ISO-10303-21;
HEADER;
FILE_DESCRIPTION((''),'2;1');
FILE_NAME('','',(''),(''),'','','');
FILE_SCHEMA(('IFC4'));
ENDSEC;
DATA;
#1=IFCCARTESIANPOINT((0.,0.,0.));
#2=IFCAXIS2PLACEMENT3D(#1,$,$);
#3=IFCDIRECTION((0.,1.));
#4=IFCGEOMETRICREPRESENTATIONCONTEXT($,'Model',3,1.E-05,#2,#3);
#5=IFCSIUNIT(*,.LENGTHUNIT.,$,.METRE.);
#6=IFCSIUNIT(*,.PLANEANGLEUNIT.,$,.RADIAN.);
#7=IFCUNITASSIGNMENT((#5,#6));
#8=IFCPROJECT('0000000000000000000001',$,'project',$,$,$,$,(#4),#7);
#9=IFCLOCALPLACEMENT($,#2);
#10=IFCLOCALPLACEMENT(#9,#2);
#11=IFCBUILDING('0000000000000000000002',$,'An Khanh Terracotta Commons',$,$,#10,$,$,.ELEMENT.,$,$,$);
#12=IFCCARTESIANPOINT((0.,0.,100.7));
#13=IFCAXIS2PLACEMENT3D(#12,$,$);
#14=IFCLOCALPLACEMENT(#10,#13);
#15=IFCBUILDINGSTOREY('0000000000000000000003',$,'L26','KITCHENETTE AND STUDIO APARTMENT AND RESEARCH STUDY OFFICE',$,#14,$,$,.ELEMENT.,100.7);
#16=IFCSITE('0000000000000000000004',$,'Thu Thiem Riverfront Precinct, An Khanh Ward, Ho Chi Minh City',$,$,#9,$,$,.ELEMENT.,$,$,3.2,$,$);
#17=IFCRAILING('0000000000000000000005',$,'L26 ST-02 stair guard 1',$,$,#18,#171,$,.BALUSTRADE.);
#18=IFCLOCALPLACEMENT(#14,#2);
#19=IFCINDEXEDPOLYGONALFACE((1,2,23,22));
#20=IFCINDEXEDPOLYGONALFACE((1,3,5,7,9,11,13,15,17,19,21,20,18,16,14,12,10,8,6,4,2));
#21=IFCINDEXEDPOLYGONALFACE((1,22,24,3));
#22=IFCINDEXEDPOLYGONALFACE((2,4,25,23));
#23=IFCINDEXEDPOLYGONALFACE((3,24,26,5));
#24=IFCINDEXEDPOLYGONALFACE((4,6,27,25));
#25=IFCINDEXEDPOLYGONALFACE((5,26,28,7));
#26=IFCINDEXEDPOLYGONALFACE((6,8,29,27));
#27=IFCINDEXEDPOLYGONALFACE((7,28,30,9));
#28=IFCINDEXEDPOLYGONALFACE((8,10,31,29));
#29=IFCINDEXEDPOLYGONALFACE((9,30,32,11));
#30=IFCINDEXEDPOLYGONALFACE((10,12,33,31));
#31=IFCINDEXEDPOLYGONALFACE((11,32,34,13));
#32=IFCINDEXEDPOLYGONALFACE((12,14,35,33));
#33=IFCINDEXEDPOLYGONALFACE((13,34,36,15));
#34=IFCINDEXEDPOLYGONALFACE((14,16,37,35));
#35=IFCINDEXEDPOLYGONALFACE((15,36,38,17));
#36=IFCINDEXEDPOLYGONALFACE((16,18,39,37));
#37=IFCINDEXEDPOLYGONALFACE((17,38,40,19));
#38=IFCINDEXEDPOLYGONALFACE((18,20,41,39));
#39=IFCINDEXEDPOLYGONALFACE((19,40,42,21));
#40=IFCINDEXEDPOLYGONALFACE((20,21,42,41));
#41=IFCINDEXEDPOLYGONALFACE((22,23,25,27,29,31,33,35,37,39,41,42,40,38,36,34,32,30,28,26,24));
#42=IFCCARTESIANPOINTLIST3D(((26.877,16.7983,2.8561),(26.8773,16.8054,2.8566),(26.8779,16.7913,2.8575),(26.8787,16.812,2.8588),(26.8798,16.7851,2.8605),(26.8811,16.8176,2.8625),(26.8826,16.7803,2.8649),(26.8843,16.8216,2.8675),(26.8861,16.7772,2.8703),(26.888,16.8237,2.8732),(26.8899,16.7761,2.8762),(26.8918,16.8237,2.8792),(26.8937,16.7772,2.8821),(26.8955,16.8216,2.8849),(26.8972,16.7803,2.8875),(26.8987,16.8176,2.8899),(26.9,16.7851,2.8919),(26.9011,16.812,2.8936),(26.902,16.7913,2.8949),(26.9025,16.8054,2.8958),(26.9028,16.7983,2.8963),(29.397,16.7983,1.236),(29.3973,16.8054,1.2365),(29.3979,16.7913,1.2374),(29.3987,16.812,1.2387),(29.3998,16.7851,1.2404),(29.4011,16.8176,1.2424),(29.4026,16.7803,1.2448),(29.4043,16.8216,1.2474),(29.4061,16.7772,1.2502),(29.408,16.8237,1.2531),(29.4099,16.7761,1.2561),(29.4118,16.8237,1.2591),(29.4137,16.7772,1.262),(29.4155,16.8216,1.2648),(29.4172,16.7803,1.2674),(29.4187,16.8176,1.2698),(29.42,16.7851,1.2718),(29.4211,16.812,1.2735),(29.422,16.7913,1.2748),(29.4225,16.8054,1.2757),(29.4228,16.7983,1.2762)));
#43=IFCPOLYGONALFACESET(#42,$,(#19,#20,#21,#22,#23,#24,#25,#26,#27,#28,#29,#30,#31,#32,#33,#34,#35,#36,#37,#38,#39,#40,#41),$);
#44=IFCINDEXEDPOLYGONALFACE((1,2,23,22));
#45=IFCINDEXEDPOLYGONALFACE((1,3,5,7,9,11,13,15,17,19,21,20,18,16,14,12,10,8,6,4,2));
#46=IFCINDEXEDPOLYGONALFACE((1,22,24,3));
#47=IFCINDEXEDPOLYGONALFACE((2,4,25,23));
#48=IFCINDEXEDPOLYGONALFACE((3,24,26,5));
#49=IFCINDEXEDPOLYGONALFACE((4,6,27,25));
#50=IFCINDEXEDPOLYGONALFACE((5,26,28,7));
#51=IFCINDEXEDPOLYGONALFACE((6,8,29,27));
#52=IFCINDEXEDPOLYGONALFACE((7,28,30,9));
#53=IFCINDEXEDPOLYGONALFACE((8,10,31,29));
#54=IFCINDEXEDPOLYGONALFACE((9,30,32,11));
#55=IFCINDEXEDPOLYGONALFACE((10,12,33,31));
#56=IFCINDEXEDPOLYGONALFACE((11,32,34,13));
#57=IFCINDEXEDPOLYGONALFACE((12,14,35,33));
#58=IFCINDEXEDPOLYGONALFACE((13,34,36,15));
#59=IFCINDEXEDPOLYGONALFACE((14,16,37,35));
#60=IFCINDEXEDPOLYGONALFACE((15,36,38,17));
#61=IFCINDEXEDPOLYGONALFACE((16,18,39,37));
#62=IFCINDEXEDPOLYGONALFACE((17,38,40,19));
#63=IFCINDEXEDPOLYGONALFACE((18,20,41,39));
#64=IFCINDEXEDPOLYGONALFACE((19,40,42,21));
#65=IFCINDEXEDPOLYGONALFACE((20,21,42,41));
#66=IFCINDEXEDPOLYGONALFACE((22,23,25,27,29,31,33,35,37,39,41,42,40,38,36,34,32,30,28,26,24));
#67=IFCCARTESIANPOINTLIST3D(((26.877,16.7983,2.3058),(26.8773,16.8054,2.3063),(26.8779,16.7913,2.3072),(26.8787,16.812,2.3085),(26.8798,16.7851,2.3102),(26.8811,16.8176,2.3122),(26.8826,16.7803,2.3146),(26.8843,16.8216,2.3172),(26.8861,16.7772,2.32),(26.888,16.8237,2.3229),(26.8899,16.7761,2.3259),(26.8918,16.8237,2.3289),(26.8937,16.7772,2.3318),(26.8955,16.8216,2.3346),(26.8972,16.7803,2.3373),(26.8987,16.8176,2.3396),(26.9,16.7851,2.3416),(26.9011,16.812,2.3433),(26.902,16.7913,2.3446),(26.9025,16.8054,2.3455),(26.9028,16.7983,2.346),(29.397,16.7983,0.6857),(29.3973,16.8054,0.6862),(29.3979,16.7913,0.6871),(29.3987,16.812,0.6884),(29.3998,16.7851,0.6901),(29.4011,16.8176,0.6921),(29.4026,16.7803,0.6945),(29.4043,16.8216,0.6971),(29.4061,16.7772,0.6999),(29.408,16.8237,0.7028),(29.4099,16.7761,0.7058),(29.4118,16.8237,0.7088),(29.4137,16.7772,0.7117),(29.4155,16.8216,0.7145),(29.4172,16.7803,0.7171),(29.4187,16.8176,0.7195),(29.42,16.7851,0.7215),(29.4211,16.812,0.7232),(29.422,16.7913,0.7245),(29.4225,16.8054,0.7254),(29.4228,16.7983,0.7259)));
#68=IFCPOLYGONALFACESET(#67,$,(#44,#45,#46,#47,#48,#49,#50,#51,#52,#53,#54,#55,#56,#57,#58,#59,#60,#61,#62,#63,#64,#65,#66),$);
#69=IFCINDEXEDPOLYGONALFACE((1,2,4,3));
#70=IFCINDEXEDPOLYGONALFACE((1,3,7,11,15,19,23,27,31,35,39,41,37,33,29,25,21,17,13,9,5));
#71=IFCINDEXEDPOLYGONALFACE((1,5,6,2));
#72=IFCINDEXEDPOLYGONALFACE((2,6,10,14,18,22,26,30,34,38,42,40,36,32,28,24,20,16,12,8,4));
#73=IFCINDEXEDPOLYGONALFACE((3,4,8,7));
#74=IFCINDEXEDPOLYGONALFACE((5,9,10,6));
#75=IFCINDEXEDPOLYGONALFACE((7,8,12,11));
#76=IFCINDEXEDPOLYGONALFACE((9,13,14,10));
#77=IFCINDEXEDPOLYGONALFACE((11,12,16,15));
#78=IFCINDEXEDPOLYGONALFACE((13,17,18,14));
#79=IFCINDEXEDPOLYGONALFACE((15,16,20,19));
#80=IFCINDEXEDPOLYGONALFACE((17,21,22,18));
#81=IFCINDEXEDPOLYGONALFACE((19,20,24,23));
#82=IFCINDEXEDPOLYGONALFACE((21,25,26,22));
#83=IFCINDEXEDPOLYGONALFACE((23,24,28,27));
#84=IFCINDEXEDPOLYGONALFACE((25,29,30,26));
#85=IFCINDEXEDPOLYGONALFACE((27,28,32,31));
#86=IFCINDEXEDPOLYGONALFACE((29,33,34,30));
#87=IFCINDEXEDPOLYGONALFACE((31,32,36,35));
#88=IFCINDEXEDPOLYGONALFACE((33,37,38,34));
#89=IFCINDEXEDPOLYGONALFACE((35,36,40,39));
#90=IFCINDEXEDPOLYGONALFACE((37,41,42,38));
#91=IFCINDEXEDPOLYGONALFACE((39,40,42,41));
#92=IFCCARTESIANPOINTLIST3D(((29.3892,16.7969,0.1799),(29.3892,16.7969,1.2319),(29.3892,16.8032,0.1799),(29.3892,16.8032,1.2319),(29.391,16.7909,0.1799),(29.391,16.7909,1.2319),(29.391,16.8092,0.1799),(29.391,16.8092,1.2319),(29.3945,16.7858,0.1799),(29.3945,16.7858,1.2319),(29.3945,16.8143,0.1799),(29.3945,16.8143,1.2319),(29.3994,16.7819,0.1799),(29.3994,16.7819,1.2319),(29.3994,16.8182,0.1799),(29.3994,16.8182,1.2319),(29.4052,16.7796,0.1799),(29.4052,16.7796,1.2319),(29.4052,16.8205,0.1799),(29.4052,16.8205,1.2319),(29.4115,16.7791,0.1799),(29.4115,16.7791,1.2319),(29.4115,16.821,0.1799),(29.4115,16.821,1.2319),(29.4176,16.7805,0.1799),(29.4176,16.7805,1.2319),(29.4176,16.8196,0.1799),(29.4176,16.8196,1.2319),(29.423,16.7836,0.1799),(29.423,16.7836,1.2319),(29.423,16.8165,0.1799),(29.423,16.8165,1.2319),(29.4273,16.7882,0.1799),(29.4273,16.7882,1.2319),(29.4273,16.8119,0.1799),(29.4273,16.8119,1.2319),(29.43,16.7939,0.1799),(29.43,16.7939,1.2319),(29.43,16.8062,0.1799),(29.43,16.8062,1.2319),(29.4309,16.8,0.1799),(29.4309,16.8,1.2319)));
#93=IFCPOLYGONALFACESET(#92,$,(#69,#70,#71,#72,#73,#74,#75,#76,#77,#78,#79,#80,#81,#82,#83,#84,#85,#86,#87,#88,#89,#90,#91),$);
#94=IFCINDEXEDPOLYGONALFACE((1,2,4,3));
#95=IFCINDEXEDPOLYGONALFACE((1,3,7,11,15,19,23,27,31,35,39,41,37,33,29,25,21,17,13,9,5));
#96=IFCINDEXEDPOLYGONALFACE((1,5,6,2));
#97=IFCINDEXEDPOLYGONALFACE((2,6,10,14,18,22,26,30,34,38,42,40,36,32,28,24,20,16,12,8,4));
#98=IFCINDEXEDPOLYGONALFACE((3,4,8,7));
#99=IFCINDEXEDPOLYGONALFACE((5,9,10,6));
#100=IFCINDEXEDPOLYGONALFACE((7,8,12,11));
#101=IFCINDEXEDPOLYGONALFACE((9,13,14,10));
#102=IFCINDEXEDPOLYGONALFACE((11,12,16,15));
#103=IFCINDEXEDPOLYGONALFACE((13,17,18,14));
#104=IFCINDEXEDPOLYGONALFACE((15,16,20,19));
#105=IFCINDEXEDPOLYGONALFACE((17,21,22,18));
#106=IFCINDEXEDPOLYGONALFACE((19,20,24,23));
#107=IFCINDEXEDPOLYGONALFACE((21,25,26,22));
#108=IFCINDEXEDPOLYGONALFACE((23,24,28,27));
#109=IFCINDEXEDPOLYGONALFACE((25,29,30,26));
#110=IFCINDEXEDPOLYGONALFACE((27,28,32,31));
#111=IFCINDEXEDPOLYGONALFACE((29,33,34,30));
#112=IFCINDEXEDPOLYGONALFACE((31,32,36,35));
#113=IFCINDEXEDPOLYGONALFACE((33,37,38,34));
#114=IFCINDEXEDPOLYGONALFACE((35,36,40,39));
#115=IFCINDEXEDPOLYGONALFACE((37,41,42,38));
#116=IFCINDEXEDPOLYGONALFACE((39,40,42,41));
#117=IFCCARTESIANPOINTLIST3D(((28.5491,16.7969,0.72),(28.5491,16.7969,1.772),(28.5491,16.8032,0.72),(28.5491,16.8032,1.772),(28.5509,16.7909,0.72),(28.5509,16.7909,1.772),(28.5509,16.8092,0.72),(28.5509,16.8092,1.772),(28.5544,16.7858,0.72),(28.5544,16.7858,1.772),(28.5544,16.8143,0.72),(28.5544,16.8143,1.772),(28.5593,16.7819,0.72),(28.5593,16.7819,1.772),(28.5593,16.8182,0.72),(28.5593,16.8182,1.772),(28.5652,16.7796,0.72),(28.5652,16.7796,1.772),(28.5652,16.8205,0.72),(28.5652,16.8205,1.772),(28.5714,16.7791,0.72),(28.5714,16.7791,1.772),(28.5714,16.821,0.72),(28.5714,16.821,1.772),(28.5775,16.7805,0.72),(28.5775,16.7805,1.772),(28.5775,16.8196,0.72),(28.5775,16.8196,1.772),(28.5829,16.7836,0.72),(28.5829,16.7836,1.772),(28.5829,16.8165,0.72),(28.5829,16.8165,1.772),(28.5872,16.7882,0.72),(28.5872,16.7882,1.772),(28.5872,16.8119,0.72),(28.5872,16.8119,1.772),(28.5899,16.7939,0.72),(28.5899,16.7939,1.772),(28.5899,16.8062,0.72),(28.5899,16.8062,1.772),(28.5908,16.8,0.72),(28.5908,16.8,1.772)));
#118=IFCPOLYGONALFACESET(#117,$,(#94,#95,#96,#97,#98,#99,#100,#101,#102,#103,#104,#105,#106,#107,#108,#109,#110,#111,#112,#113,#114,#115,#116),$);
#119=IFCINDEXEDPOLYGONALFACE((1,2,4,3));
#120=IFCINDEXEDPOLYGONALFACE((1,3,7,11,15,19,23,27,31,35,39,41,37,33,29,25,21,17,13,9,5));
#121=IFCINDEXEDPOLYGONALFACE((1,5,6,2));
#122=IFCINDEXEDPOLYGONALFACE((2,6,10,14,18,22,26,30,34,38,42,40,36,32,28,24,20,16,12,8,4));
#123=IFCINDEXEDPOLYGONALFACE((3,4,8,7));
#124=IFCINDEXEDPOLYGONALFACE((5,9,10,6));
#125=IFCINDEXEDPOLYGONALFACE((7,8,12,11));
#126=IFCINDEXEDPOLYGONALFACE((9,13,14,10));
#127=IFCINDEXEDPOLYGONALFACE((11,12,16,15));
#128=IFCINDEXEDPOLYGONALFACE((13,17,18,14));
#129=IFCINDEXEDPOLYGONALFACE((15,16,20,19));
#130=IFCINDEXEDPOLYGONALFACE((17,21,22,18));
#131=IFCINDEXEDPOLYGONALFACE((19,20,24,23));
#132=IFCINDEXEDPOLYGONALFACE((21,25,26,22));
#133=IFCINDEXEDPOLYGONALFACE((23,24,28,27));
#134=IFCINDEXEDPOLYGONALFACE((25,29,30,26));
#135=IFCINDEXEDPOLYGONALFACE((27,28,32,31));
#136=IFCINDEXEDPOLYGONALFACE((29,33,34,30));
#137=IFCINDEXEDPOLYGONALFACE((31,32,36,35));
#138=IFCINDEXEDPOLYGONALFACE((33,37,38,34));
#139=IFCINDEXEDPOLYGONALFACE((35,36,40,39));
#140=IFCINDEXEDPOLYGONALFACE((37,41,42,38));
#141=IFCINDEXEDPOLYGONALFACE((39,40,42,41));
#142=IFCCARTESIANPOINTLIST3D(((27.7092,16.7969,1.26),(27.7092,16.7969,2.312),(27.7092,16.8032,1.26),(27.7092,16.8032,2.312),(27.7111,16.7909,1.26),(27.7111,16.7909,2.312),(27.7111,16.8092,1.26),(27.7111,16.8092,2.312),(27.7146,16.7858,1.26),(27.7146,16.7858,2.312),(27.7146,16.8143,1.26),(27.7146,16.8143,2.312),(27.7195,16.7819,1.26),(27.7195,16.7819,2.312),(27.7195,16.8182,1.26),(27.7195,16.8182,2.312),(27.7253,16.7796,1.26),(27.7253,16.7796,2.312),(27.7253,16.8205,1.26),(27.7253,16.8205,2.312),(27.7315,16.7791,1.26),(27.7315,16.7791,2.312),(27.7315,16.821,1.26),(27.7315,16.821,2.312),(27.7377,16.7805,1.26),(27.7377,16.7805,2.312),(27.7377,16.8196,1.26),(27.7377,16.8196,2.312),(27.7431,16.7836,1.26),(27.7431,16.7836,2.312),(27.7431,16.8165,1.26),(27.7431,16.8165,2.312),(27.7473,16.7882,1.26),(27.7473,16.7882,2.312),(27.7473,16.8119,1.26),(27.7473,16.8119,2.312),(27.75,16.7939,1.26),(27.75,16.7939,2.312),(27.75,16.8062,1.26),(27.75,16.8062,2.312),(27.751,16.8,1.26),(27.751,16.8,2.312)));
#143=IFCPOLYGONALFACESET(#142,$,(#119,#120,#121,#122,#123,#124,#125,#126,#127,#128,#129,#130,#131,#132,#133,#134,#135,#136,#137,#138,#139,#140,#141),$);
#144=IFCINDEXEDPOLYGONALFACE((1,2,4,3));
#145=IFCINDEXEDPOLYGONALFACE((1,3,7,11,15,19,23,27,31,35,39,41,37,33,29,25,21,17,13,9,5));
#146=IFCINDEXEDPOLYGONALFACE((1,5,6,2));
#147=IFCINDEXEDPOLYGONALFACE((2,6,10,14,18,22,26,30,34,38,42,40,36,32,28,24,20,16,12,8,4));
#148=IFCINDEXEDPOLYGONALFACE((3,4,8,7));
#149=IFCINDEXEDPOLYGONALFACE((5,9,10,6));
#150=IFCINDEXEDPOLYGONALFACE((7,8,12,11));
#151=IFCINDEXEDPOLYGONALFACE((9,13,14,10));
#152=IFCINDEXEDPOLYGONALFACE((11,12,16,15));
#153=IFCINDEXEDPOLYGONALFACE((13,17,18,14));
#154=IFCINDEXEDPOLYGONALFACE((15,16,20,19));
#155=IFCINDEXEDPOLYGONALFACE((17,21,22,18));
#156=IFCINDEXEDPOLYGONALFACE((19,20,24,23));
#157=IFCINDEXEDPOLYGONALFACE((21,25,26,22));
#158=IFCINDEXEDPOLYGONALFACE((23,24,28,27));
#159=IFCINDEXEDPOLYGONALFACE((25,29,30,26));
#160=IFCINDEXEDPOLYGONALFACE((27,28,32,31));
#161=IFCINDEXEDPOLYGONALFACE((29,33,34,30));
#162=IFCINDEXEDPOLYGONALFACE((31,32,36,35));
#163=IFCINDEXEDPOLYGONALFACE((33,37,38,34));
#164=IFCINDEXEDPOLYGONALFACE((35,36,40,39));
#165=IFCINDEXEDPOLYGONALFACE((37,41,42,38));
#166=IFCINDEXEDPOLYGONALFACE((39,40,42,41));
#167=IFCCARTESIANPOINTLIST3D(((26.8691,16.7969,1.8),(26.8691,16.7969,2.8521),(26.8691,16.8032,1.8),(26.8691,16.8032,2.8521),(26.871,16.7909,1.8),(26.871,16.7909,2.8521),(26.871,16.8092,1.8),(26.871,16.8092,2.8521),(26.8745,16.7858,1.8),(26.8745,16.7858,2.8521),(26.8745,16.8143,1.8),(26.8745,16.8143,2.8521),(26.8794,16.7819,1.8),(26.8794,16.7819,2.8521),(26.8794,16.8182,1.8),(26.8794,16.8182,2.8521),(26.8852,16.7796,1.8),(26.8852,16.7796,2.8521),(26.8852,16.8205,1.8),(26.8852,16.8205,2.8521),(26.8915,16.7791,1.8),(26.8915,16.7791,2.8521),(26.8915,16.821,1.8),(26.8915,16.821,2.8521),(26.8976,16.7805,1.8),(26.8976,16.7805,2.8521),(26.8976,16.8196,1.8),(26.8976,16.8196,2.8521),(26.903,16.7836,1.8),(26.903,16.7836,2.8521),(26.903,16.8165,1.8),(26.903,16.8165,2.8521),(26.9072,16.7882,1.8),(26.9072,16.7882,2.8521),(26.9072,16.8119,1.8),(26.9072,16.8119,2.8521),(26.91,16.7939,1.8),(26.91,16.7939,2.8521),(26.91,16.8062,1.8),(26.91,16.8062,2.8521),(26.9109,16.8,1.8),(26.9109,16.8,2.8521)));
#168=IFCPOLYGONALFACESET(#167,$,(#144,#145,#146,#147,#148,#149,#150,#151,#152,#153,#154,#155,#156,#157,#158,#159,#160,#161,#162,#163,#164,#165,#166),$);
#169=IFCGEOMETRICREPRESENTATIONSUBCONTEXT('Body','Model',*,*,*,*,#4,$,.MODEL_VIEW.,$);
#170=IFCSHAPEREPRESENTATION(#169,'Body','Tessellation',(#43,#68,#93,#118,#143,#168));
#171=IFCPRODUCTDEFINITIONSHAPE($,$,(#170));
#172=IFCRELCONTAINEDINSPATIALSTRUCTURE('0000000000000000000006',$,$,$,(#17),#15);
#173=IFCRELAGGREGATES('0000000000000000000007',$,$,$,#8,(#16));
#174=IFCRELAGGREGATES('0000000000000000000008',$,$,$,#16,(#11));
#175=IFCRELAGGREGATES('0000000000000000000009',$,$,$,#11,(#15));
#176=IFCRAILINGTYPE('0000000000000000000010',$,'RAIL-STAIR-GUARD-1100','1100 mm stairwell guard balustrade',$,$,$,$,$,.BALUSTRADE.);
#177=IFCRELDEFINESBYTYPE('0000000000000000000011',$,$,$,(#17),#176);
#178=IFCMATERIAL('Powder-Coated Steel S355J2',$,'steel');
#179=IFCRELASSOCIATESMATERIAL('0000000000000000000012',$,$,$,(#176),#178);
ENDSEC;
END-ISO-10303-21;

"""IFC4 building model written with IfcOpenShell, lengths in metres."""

from ifc_helpers import new_model, si_unit, direction, frame, origin, origin_2d, place, context, subcontext, project, spatial, circle, extrude, material, type_object, element, save


model = new_model("IFC4")

# Units and contexts
model_context = context("Model", 3, precision=1e-05, world=origin(), true_north=direction((0.0, 1.0)))
body_context = subcontext(model_context, "Body", "Model", "MODEL_VIEW")
ifc_project = project(units=[si_unit("LENGTHUNIT", "METRE"), si_unit("PLANEANGLEUNIT", "RADIAN")], contexts=[model_context])

# Site, building, storey
site_placement = place(None, origin())
site = spatial("IfcSite", under=ifc_project, at=site_placement, Name="Thu Thiem Riverfront Precinct, An Khanh Ward, Ho Chi Minh City", CompositionType="ELEMENT", RefElevation=3.2)
building_placement = place(site_placement, origin())
building = spatial("IfcBuilding", under=site, at=building_placement, Name="An Khanh Terracotta Commons", CompositionType="ELEMENT")
storey_placement = place(building_placement, frame((0.0, 0.0, 100.7)))
storey = spatial("IfcBuildingStorey", under=building, at=storey_placement, Name="L26", Description="KITCHENETTE AND STUDIO APARTMENT AND RESEARCH STUDY OFFICE", CompositionType="ELEMENT", Elevation=100.7)

# Railing
ifc_material_1 = material(Name="Powder-Coated Steel S355J2", Category="steel")
railing_type_1 = type_object("IfcRailingType", Name="RAIL-STAIR-GUARD-1100", Description="1100 mm stairwell guard balustrade", PredefinedType="BALUSTRADE", material=ifc_material_1)
railing_1_placement = place(storey_placement, frame((29.4099, 16.8, 0.1799)))
element("IfcRailing", 1, at=railing_1_placement, inside=storey, type_object=railing_type_1, Name="L26 ST-02 stair guard 1", PredefinedType="BALUSTRADE", context=body_context, shape_type="SweptSolid", body=[
    extrude(circle(Radius=0.0239, at=origin_2d()), frame((0.0, 0.0, 1.0762), z_axis=(-0.841163, 0.0, 0.540782), x_axis=(0.0, -1.0, 0.0)), (0.0, 0.0, 1.0), 2.9958),
    extrude(circle(Radius=0.0239, at=origin_2d()), frame((0.0, 0.0, 0.5259), z_axis=(-0.841163, 0.0, 0.540782), x_axis=(0.0, -1.0, 0.0)), (0.0, 0.0, 1.0), 2.9958),
    extrude(circle(Radius=0.021, at=origin_2d()), origin(), (0.0, 0.0, 1.0), 1.052),
    extrude(circle(Radius=0.021, at=origin_2d()), frame((-0.8401, 0.0, 0.54)), (0.0, 0.0, 1.0), 1.052),
    extrude(circle(Radius=0.021, at=origin_2d()), frame((-1.6799, 0.0, 1.0801)), (0.0, 0.0, 1.0), 1.052),
    extrude(circle(Radius=0.021, at=origin_2d()), frame((-2.52, 0.0, 1.6201)), (0.0, 0.0, 1.0), 1.052),
])

save(model, "model.ifc")
